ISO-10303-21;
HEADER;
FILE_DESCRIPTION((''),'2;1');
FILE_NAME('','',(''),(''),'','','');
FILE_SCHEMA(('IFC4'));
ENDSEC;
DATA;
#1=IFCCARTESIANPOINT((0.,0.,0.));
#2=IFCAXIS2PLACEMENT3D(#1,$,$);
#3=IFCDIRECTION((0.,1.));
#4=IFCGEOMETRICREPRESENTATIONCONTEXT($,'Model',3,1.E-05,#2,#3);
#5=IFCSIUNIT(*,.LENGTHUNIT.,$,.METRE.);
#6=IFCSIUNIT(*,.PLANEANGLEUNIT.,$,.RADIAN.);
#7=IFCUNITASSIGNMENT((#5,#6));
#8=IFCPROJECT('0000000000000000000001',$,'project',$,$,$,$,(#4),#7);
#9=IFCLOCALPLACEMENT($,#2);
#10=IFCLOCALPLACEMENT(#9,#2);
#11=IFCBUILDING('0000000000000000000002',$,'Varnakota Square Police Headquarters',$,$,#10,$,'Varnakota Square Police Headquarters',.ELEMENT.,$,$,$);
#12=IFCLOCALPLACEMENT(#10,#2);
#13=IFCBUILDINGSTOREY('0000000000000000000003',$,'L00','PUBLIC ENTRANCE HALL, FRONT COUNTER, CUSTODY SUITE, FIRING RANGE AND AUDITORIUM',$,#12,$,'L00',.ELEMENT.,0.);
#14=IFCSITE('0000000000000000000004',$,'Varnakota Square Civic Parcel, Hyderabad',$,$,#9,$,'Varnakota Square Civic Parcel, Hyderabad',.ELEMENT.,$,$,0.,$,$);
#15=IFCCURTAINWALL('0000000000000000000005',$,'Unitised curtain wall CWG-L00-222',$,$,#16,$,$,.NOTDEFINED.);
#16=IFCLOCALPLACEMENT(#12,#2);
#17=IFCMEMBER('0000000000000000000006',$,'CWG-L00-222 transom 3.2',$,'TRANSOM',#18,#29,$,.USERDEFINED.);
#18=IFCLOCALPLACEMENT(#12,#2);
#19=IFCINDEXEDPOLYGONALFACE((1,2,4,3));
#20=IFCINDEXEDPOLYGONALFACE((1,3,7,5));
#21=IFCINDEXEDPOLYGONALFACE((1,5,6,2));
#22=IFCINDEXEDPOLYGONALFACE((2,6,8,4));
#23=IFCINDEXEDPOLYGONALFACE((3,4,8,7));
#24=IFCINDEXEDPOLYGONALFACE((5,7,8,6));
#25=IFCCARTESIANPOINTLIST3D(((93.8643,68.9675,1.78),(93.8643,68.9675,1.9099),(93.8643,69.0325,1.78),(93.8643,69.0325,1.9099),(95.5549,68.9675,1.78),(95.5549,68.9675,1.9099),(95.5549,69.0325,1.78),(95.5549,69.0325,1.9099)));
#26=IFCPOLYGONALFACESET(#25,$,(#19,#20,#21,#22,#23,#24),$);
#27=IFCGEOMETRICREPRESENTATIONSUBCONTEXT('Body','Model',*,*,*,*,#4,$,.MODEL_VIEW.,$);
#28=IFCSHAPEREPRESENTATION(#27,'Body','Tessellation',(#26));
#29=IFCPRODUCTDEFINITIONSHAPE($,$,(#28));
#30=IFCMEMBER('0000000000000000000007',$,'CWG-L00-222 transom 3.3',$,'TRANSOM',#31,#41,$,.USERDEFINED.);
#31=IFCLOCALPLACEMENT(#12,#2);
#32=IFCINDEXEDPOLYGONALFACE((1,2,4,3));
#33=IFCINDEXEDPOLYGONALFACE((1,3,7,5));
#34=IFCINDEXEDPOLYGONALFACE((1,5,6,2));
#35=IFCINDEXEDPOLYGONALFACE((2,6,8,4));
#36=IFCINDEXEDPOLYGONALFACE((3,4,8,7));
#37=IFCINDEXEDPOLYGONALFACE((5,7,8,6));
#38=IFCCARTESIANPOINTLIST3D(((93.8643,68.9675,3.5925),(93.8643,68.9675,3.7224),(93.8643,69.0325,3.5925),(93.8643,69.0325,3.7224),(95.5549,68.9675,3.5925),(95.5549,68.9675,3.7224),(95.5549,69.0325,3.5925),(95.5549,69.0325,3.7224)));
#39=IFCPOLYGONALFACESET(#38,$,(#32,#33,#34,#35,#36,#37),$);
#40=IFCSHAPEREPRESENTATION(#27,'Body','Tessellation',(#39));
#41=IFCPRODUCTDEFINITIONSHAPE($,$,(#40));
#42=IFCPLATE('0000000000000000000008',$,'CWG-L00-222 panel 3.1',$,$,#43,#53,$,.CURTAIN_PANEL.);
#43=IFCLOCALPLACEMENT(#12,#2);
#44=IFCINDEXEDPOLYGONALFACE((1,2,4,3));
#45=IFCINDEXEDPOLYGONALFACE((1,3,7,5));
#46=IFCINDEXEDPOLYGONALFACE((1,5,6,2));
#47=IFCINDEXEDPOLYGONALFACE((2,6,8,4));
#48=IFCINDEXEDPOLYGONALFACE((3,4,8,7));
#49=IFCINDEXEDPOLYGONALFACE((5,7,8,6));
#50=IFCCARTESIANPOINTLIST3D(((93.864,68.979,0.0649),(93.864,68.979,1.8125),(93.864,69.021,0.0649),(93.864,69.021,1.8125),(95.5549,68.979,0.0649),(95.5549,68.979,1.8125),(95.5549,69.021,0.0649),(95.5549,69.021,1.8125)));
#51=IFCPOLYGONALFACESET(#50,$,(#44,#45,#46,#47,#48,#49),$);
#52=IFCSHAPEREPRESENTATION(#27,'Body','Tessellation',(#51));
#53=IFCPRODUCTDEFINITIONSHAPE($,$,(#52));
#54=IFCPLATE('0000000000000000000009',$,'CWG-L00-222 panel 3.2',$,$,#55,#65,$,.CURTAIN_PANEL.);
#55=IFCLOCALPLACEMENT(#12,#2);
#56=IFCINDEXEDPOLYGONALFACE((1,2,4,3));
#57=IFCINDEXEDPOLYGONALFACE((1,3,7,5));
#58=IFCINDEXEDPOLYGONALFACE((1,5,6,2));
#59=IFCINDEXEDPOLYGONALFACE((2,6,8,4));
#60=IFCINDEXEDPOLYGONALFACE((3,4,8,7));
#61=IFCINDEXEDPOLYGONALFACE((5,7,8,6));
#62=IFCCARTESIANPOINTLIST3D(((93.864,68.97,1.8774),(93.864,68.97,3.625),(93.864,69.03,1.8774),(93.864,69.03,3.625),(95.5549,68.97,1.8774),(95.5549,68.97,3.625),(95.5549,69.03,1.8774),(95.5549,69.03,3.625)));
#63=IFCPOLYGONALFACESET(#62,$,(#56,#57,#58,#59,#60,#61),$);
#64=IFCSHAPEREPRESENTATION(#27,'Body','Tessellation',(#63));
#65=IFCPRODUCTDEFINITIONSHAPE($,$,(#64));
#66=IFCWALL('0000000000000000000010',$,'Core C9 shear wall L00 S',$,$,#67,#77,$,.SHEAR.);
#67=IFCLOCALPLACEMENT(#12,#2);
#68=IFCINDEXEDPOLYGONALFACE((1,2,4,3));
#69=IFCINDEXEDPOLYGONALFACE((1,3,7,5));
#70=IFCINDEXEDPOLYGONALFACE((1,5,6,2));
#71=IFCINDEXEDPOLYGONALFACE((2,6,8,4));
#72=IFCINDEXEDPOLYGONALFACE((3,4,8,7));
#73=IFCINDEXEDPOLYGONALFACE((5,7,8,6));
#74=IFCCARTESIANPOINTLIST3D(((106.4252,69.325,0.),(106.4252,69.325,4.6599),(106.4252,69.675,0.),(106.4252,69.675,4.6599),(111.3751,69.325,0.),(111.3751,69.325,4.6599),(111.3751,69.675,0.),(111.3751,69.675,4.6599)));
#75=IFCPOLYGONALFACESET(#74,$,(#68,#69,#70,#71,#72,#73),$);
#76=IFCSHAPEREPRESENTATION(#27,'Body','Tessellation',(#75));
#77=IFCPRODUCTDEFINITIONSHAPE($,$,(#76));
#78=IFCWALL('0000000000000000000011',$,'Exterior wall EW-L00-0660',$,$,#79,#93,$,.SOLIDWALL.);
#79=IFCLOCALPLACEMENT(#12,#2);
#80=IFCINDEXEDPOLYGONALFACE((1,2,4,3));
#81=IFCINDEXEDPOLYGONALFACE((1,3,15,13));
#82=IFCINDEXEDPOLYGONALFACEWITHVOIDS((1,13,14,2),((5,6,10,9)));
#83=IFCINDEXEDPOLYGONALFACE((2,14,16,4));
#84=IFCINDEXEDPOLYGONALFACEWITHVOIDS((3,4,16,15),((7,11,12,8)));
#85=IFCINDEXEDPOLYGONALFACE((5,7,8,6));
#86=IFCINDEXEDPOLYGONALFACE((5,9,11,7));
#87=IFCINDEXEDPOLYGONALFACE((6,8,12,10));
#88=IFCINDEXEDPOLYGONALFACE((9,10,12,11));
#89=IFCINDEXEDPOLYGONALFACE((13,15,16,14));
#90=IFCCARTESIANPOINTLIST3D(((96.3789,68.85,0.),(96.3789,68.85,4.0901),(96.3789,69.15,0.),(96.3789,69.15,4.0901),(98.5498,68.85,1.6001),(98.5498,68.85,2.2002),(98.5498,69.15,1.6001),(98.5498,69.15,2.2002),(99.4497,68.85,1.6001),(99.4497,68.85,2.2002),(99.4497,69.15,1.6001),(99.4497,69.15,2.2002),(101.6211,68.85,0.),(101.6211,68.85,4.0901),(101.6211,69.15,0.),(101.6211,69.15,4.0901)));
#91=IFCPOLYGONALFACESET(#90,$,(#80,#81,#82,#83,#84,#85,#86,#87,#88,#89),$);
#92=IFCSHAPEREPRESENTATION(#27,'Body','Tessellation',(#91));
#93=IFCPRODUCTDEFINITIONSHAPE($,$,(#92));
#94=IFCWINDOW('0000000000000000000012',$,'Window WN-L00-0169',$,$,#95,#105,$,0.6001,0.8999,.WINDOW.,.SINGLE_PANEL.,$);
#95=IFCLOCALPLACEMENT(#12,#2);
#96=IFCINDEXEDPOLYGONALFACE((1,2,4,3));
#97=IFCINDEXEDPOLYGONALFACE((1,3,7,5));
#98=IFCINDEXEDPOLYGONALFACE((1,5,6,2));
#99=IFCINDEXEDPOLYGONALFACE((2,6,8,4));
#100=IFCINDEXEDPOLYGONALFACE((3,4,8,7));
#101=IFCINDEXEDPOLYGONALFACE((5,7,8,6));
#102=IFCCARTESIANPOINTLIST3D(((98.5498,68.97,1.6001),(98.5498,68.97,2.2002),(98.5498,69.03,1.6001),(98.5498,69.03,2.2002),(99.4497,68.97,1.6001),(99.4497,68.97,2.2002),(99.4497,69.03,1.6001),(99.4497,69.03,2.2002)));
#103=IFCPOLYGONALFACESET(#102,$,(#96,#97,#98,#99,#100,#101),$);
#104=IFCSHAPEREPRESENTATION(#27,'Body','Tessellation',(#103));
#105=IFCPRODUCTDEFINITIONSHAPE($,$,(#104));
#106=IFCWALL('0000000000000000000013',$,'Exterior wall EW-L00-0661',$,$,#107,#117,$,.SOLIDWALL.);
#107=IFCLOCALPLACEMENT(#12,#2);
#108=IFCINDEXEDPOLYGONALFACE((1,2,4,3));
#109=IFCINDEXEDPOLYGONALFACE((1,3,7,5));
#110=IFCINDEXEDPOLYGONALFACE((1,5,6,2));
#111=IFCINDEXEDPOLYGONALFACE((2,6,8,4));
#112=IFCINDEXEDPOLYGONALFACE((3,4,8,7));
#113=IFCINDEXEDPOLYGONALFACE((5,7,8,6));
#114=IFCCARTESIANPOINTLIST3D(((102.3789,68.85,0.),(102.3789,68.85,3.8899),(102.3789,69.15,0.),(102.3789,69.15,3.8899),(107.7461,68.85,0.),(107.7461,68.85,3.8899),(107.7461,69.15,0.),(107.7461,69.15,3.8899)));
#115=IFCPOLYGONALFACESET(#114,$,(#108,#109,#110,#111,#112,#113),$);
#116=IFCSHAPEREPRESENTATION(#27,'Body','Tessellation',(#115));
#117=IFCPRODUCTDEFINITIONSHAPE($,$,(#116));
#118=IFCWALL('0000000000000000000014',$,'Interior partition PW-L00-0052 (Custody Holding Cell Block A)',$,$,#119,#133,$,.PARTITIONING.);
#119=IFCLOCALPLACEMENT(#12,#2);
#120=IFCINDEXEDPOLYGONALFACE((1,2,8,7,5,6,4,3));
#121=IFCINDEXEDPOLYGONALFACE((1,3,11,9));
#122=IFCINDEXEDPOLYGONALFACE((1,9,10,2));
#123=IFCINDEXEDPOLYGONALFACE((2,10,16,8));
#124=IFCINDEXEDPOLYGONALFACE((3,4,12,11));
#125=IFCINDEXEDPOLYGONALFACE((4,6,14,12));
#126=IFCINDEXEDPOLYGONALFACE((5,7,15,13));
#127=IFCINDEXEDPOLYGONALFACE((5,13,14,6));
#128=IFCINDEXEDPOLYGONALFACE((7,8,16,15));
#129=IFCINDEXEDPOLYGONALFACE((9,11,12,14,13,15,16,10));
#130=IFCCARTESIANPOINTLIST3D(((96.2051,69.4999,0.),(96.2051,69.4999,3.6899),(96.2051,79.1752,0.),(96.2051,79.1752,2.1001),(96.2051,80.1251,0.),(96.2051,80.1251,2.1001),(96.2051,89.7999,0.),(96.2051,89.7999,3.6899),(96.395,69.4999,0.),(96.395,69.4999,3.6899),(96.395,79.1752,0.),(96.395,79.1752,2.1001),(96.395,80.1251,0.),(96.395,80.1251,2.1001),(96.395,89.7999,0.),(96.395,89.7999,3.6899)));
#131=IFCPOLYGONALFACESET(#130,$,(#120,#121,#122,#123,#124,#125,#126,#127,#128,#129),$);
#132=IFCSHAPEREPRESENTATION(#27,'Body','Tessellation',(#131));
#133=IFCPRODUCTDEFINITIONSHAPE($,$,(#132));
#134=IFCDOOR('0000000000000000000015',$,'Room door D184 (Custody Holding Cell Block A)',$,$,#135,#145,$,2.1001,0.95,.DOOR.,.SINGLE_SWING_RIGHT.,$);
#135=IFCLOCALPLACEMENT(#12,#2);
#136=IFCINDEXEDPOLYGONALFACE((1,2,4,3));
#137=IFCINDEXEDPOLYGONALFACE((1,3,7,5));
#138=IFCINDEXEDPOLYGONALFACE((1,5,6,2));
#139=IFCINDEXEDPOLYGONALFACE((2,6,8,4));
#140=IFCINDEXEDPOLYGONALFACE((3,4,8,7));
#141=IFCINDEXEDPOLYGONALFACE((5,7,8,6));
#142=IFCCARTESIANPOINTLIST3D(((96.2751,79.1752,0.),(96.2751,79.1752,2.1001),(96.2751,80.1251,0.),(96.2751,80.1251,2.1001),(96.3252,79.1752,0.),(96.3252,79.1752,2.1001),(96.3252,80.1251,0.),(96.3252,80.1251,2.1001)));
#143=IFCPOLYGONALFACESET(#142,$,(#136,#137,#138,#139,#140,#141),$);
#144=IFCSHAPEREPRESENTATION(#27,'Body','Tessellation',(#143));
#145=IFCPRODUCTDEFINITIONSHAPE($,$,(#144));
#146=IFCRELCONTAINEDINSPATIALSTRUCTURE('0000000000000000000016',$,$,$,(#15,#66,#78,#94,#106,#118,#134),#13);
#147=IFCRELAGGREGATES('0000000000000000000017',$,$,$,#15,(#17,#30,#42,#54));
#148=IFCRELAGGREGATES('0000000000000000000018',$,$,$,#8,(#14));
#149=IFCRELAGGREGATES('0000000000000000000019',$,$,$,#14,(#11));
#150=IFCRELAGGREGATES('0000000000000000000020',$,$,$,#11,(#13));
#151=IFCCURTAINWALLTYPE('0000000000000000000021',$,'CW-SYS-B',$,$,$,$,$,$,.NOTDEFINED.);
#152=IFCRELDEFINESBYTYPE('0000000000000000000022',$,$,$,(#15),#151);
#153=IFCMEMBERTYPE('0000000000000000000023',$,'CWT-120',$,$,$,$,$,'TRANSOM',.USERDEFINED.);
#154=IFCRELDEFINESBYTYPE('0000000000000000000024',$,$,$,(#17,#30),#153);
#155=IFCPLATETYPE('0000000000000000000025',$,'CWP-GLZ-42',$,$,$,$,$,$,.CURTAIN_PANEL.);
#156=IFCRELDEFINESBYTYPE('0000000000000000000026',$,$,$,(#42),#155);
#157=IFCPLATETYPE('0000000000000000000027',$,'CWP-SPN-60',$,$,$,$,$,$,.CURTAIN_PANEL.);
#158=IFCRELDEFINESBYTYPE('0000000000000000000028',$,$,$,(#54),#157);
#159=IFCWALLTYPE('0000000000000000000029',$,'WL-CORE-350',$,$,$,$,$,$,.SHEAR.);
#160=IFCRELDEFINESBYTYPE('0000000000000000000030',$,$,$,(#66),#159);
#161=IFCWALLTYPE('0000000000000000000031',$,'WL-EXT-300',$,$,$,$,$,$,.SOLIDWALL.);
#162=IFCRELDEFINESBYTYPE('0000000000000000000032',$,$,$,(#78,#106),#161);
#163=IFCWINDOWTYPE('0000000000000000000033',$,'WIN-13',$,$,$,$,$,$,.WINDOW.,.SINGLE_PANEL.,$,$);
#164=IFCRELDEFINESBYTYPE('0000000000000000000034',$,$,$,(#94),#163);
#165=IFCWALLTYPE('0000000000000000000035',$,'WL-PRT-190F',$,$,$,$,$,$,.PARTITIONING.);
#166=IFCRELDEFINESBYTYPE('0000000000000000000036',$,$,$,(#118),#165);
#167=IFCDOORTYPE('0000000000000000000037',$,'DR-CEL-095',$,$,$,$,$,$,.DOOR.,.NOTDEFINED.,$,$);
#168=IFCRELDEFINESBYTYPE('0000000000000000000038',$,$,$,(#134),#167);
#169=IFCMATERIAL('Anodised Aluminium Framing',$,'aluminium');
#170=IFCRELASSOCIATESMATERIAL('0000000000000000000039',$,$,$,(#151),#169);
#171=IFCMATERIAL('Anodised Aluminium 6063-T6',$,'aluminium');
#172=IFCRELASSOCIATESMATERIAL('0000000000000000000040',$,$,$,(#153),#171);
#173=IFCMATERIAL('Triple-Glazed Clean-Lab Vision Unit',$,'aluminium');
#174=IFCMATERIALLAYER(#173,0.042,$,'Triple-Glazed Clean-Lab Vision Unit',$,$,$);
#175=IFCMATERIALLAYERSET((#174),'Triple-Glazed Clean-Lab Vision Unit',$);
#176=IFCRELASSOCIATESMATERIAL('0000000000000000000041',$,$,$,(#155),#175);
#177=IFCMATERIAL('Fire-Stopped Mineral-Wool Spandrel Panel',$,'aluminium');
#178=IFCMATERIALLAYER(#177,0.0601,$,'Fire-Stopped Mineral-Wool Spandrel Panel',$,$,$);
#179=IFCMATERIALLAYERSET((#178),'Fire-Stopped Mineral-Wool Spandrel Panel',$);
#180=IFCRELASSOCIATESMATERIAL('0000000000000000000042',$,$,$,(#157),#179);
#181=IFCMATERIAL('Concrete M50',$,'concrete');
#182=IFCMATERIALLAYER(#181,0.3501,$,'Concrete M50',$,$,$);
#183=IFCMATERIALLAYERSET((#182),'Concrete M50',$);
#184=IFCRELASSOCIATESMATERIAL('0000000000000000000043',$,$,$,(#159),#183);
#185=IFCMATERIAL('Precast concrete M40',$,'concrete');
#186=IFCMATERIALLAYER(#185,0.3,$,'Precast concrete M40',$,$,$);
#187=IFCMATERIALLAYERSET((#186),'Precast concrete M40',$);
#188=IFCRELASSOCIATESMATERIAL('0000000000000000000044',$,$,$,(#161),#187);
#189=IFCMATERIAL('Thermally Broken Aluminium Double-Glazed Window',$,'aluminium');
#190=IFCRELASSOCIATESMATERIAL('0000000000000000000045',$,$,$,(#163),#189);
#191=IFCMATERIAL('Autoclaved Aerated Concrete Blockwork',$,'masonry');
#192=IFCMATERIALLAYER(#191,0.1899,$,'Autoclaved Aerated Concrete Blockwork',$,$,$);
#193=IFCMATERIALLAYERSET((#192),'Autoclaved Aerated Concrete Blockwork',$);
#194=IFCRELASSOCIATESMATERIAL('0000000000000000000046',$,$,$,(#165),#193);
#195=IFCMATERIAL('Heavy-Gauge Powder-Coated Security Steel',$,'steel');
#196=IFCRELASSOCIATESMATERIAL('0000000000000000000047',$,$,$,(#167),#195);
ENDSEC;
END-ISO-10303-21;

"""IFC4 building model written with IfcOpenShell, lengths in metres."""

from ifc_helpers import new_model, si_unit, direction, frame, frame_2d, origin, origin_2d, place, context, subcontext, project, spatial, rectangle, extrude, material, layer, layer_set, material_profile, profile_set, type_object, element, fill, aggregate, save


model = new_model("IFC4")

# Units and contexts
model_context = context("Model", 3, precision=1e-05, world=origin(), true_north=direction((0.0, 1.0)))
body_context = subcontext(model_context, "Body", "Model", "MODEL_VIEW")
ifc_project = project(units=[si_unit("LENGTHUNIT", "METRE"), si_unit("PLANEANGLEUNIT", "RADIAN")], contexts=[model_context])

# Site, building, storey
site_placement = place(None, origin())
site = spatial("IfcSite", under=ifc_project, at=site_placement, Name="Varnakota Square Civic Parcel, Hyderabad", LongName="Varnakota Square Civic Parcel, Hyderabad", CompositionType="ELEMENT", RefElevation=0.0)
building_placement = place(site_placement, origin())
building = spatial("IfcBuilding", under=site, at=building_placement, Name="Varnakota Square Police Headquarters", LongName="Varnakota Square Police Headquarters", CompositionType="ELEMENT")
storey_placement = place(building_placement, origin())
storey = spatial("IfcBuildingStorey", under=building, at=storey_placement, Name="L00", Description="PUBLIC ENTRANCE HALL, FRONT COUNTER, CUSTODY SUITE, FIRING RANGE AND AUDITORIUM", LongName="L00", CompositionType="ELEMENT", Elevation=0.0)

# Shared definitions
ifc_material_1 = material(Name="Concrete M50", Category="concrete")

# Curtain wall, members, plates
ifc_material_2 = material(Name="Anodised Aluminium Framing", Category="aluminium")
curtain_wall_type = type_object("IfcCurtainWallType", Name="CW-SYS-B", PredefinedType="NOTDEFINED", material=ifc_material_2)
curtain_wall_placement = place(storey_placement, origin())
curtain_wall = element("IfcCurtainWall", 1, at=curtain_wall_placement, inside=storey, type_object=curtain_wall_type, Name="Unitised curtain wall CWG-L00-222", PredefinedType="NOTDEFINED")
ifc_material_3 = material(Name="Anodised Aluminium 6063-T6", Category="aluminium")
ifc_material_profile_1 = material_profile(ifc_material_3, rectangle(XDim=0.0649, YDim=0.1299, at=origin_2d()), Name="ALU TRANSOM 65x130")
ifc_profile_set_1 = profile_set([ifc_material_profile_1], Name="Anodised Aluminium 6063-T6")
member_type_1 = type_object("IfcMemberType", Name="CWT-120", ElementType="TRANSOM", PredefinedType="USERDEFINED", material=ifc_profile_set_1)
member_1_placement = place(storey_placement, frame((93.8643, 69.0, 1.845), z_axis=(1.0, 0.0, 0.0), x_axis=(0.0, 1.0, 0.0)))
member_1 = element("IfcMember", 2, at=member_1_placement, type_object=member_type_1, Name="CWG-L00-222 transom 3.2", ObjectType="TRANSOM", PredefinedType="USERDEFINED", context=body_context, shape_type="SweptSolid", body=[
    extrude(rectangle(XDim=0.0649, YDim=0.1299, at=origin_2d()), origin(), (0.0, 0.0, 1.0), 1.6907),
])
member_2_placement = place(storey_placement, frame((93.8643, 69.0, 3.6575), z_axis=(1.0, 0.0, 0.0), x_axis=(0.0, 1.0, 0.0)))
member_2 = element("IfcMember", 3, at=member_2_placement, type_object=member_type_1, Name="CWG-L00-222 transom 3.3", ObjectType="TRANSOM", PredefinedType="USERDEFINED", context=body_context, shape_type="SweptSolid", body=[
    extrude(rectangle(XDim=0.0649, YDim=0.1299, at=origin_2d()), origin(), (0.0, 0.0, 1.0), 1.6907),
])
ifc_material_4 = material(Name="Triple-Glazed Clean-Lab Vision Unit", Category="aluminium")
ifc_layer_1 = layer(ifc_material_4, 0.042, Name="Triple-Glazed Clean-Lab Vision Unit")
ifc_layer_set_1 = layer_set([ifc_layer_1], Name="Triple-Glazed Clean-Lab Vision Unit")
plate_type_1 = type_object("IfcPlateType", Name="CWP-GLZ-42", PredefinedType="CURTAIN_PANEL", material=ifc_layer_set_1)
plate_1_placement = place(storey_placement, frame((94.7095, 69.0, 0.0649), z_axis=(0.0, 0.0, 1.0), x_axis=(1.0, 0.0, 0.0)))
plate_1 = element("IfcPlate", 4, at=plate_1_placement, type_object=plate_type_1, Name="CWG-L00-222 panel 3.1", PredefinedType="CURTAIN_PANEL", context=body_context, shape_type="SweptSolid", body=[
    extrude(rectangle(XDim=1.6909, YDim=0.042, at=origin_2d()), origin(), (0.0, 0.0, 1.0), 1.7476),
])
ifc_material_5 = material(Name="Fire-Stopped Mineral-Wool Spandrel Panel", Category="aluminium")
ifc_layer_2 = layer(ifc_material_5, 0.0601, Name="Fire-Stopped Mineral-Wool Spandrel Panel")
ifc_layer_set_2 = layer_set([ifc_layer_2], Name="Fire-Stopped Mineral-Wool Spandrel Panel")
plate_type_2 = type_object("IfcPlateType", Name="CWP-SPN-60", PredefinedType="CURTAIN_PANEL", material=ifc_layer_set_2)
plate_2_placement = place(storey_placement, frame((94.7095, 69.0, 1.8774), z_axis=(0.0, 0.0, 1.0), x_axis=(1.0, 0.0, 0.0)))
plate_2 = element("IfcPlate", 5, at=plate_2_placement, type_object=plate_type_2, Name="CWG-L00-222 panel 3.2", PredefinedType="CURTAIN_PANEL", context=body_context, shape_type="SweptSolid", body=[
    extrude(rectangle(XDim=1.6909, YDim=0.0601, at=origin_2d()), origin(), (0.0, 0.0, 1.0), 1.7476),
])
aggregate(curtain_wall, [member_1, member_2, plate_1, plate_2])

# Wall
ifc_layer_3 = layer(ifc_material_1, 0.3501, Name="Concrete M50")
ifc_layer_set_3 = layer_set([ifc_layer_3], Name="Concrete M50")
wall_type_1 = type_object("IfcWallType", Name="WL-CORE-350", PredefinedType="SHEAR", material=ifc_layer_set_3)
wall_1_placement = place(storey_placement, frame((106.425, 69.5, 0.0), z_axis=(0.0, 0.0, 1.0), x_axis=(1.0, 0.0, 0.0)))
element("IfcWall", 6, at=wall_1_placement, inside=storey, type_object=wall_type_1, Name="Core C9 shear wall L00 S", PredefinedType="SHEAR", context=body_context, shape_type="SweptSolid", body=[
    extrude(rectangle(XDim=4.95, YDim=0.3501, at=frame_2d((2.4751, 0.0))), origin(), (0.0, 0.0, 1.0), 4.6599),
])

# Wall, opening, window
ifc_material_6 = material(Name="Precast concrete M40", Category="concrete")
ifc_layer_4 = layer(ifc_material_6, 0.3, Name="Precast concrete M40")
ifc_layer_set_4 = layer_set([ifc_layer_4], Name="Precast concrete M40")
wall_type_2 = type_object("IfcWallType", Name="WL-EXT-300", PredefinedType="SOLIDWALL", material=ifc_layer_set_4)
wall_2_placement = place(storey_placement, frame((96.3789, 69.0, 0.0), z_axis=(0.0, 0.0, 1.0), x_axis=(1.0, 0.0, 0.0)))
wall_2 = element("IfcWall", 7, at=wall_2_placement, inside=storey, type_object=wall_type_2, Name="Exterior wall EW-L00-0660", PredefinedType="SOLIDWALL", context=body_context, shape_type="SweptSolid", body=[
    extrude(rectangle(XDim=5.2422, YDim=0.3, at=frame_2d((2.6211, 0.0))), origin(), (0.0, 0.0, 1.0), 4.0901),
])
opening_1_placement = place(wall_2_placement, frame((2.1709, 0.0, 1.6001)))
opening_1 = element("IfcOpeningElement", 8, at=opening_1_placement, cuts=wall_2, PredefinedType="OPENING", context=body_context, shape_type="SweptSolid", body=[
    extrude(rectangle(XDim=0.8999, YDim=0.6001, at=frame_2d((0.45, 0.3))), frame((0.0, 0.1599, 0.0), z_axis=(0.0, -1.0, 0.0), x_axis=(1.0, 0.0, 0.0)), (0.0, 0.0, 1.0), 0.3201),
])
ifc_material_7 = material(Name="Thermally Broken Aluminium Double-Glazed Window", Category="aluminium")
window_type = type_object("IfcWindowType", Name="WIN-13", PartitioningType="SINGLE_PANEL", PredefinedType="WINDOW", material=ifc_material_7)
window_placement = place(opening_1_placement, origin())
window = element("IfcWindow", 9, at=window_placement, inside=storey, type_object=window_type, Name="Window WN-L00-0169", OverallHeight=0.6001, OverallWidth=0.8999, PartitioningType="SINGLE_PANEL", PredefinedType="WINDOW", context=body_context, shape_type="SweptSolid", body=[
    extrude(rectangle(XDim=0.8999, YDim=0.6001, at=frame_2d((0.45, 0.3))), frame((0.0, 0.03, 0.0), z_axis=(0.0, -1.0, 0.0), x_axis=(1.0, 0.0, 0.0)), (0.0, 0.0, 1.0), 0.0601),
])
fill(opening_1, window)

# Wall
wall_3_placement = place(storey_placement, frame((102.3789, 69.0, 0.0), z_axis=(0.0, 0.0, 1.0), x_axis=(1.0, 0.0, 0.0)))
element("IfcWall", 10, at=wall_3_placement, inside=storey, type_object=wall_type_2, Name="Exterior wall EW-L00-0661", PredefinedType="SOLIDWALL", context=body_context, shape_type="SweptSolid", body=[
    extrude(rectangle(XDim=5.3672, YDim=0.3, at=frame_2d((2.6836, 0.0))), origin(), (0.0, 0.0, 1.0), 3.8899),
])

# Wall, opening, door
ifc_material_8 = material(Name="Autoclaved Aerated Concrete Blockwork", Category="masonry")
ifc_layer_5 = layer(ifc_material_8, 0.1899, Name="Autoclaved Aerated Concrete Blockwork")
ifc_layer_set_5 = layer_set([ifc_layer_5], Name="Autoclaved Aerated Concrete Blockwork")
wall_type_3 = type_object("IfcWallType", Name="WL-PRT-190F", PredefinedType="PARTITIONING", material=ifc_layer_set_5)
wall_4_placement = place(storey_placement, frame((96.3, 69.5, 0.0), z_axis=(0.0, 0.0, 1.0), x_axis=(0.0, 1.0, 0.0)))
wall_4 = element("IfcWall", 11, at=wall_4_placement, inside=storey, type_object=wall_type_3, Name="Interior partition PW-L00-0052 (Custody Holding Cell Block A)", PredefinedType="PARTITIONING", context=body_context, shape_type="SweptSolid", body=[
    extrude(rectangle(XDim=20.3, YDim=0.1899, at=frame_2d((10.1499, 0.0))), origin(), (0.0, 0.0, 1.0), 3.6899),
])
opening_2_placement = place(wall_4_placement, frame((9.675, 0.0, 0.0)))
opening_2 = element("IfcOpeningElement", 12, at=opening_2_placement, cuts=wall_4, PredefinedType="OPENING", context=body_context, shape_type="SweptSolid", body=[
    extrude(rectangle(XDim=0.95, YDim=2.1001, at=frame_2d((0.4751, 1.05))), frame((0.0, 0.105, 0.0), z_axis=(0.0, -1.0, 0.0), x_axis=(1.0, 0.0, 0.0)), (0.0, 0.0, 1.0), 0.21),
])
ifc_material_9 = material(Name="Heavy-Gauge Powder-Coated Security Steel", Category="steel")
door_type = type_object("IfcDoorType", Name="DR-CEL-095", OperationType="NOTDEFINED", PredefinedType="DOOR", material=ifc_material_9)
door_placement = place(opening_2_placement, origin())
door = element("IfcDoor", 13, at=door_placement, inside=storey, type_object=door_type, Name="Room door D184 (Custody Holding Cell Block A)", OperationType="SINGLE_SWING_RIGHT", OverallHeight=2.1001, OverallWidth=0.95, PredefinedType="DOOR", context=body_context, shape_type="SweptSolid", body=[
    extrude(rectangle(XDim=0.95, YDim=2.1001, at=frame_2d((0.4751, 1.05))), frame((0.0, 0.0249, 0.0), z_axis=(0.0, -1.0, 0.0), x_axis=(1.0, 0.0, 0.0)), (0.0, 0.0, 1.0), 0.05),
])
fill(opening_2, door)

save(model, "model.ifc")
